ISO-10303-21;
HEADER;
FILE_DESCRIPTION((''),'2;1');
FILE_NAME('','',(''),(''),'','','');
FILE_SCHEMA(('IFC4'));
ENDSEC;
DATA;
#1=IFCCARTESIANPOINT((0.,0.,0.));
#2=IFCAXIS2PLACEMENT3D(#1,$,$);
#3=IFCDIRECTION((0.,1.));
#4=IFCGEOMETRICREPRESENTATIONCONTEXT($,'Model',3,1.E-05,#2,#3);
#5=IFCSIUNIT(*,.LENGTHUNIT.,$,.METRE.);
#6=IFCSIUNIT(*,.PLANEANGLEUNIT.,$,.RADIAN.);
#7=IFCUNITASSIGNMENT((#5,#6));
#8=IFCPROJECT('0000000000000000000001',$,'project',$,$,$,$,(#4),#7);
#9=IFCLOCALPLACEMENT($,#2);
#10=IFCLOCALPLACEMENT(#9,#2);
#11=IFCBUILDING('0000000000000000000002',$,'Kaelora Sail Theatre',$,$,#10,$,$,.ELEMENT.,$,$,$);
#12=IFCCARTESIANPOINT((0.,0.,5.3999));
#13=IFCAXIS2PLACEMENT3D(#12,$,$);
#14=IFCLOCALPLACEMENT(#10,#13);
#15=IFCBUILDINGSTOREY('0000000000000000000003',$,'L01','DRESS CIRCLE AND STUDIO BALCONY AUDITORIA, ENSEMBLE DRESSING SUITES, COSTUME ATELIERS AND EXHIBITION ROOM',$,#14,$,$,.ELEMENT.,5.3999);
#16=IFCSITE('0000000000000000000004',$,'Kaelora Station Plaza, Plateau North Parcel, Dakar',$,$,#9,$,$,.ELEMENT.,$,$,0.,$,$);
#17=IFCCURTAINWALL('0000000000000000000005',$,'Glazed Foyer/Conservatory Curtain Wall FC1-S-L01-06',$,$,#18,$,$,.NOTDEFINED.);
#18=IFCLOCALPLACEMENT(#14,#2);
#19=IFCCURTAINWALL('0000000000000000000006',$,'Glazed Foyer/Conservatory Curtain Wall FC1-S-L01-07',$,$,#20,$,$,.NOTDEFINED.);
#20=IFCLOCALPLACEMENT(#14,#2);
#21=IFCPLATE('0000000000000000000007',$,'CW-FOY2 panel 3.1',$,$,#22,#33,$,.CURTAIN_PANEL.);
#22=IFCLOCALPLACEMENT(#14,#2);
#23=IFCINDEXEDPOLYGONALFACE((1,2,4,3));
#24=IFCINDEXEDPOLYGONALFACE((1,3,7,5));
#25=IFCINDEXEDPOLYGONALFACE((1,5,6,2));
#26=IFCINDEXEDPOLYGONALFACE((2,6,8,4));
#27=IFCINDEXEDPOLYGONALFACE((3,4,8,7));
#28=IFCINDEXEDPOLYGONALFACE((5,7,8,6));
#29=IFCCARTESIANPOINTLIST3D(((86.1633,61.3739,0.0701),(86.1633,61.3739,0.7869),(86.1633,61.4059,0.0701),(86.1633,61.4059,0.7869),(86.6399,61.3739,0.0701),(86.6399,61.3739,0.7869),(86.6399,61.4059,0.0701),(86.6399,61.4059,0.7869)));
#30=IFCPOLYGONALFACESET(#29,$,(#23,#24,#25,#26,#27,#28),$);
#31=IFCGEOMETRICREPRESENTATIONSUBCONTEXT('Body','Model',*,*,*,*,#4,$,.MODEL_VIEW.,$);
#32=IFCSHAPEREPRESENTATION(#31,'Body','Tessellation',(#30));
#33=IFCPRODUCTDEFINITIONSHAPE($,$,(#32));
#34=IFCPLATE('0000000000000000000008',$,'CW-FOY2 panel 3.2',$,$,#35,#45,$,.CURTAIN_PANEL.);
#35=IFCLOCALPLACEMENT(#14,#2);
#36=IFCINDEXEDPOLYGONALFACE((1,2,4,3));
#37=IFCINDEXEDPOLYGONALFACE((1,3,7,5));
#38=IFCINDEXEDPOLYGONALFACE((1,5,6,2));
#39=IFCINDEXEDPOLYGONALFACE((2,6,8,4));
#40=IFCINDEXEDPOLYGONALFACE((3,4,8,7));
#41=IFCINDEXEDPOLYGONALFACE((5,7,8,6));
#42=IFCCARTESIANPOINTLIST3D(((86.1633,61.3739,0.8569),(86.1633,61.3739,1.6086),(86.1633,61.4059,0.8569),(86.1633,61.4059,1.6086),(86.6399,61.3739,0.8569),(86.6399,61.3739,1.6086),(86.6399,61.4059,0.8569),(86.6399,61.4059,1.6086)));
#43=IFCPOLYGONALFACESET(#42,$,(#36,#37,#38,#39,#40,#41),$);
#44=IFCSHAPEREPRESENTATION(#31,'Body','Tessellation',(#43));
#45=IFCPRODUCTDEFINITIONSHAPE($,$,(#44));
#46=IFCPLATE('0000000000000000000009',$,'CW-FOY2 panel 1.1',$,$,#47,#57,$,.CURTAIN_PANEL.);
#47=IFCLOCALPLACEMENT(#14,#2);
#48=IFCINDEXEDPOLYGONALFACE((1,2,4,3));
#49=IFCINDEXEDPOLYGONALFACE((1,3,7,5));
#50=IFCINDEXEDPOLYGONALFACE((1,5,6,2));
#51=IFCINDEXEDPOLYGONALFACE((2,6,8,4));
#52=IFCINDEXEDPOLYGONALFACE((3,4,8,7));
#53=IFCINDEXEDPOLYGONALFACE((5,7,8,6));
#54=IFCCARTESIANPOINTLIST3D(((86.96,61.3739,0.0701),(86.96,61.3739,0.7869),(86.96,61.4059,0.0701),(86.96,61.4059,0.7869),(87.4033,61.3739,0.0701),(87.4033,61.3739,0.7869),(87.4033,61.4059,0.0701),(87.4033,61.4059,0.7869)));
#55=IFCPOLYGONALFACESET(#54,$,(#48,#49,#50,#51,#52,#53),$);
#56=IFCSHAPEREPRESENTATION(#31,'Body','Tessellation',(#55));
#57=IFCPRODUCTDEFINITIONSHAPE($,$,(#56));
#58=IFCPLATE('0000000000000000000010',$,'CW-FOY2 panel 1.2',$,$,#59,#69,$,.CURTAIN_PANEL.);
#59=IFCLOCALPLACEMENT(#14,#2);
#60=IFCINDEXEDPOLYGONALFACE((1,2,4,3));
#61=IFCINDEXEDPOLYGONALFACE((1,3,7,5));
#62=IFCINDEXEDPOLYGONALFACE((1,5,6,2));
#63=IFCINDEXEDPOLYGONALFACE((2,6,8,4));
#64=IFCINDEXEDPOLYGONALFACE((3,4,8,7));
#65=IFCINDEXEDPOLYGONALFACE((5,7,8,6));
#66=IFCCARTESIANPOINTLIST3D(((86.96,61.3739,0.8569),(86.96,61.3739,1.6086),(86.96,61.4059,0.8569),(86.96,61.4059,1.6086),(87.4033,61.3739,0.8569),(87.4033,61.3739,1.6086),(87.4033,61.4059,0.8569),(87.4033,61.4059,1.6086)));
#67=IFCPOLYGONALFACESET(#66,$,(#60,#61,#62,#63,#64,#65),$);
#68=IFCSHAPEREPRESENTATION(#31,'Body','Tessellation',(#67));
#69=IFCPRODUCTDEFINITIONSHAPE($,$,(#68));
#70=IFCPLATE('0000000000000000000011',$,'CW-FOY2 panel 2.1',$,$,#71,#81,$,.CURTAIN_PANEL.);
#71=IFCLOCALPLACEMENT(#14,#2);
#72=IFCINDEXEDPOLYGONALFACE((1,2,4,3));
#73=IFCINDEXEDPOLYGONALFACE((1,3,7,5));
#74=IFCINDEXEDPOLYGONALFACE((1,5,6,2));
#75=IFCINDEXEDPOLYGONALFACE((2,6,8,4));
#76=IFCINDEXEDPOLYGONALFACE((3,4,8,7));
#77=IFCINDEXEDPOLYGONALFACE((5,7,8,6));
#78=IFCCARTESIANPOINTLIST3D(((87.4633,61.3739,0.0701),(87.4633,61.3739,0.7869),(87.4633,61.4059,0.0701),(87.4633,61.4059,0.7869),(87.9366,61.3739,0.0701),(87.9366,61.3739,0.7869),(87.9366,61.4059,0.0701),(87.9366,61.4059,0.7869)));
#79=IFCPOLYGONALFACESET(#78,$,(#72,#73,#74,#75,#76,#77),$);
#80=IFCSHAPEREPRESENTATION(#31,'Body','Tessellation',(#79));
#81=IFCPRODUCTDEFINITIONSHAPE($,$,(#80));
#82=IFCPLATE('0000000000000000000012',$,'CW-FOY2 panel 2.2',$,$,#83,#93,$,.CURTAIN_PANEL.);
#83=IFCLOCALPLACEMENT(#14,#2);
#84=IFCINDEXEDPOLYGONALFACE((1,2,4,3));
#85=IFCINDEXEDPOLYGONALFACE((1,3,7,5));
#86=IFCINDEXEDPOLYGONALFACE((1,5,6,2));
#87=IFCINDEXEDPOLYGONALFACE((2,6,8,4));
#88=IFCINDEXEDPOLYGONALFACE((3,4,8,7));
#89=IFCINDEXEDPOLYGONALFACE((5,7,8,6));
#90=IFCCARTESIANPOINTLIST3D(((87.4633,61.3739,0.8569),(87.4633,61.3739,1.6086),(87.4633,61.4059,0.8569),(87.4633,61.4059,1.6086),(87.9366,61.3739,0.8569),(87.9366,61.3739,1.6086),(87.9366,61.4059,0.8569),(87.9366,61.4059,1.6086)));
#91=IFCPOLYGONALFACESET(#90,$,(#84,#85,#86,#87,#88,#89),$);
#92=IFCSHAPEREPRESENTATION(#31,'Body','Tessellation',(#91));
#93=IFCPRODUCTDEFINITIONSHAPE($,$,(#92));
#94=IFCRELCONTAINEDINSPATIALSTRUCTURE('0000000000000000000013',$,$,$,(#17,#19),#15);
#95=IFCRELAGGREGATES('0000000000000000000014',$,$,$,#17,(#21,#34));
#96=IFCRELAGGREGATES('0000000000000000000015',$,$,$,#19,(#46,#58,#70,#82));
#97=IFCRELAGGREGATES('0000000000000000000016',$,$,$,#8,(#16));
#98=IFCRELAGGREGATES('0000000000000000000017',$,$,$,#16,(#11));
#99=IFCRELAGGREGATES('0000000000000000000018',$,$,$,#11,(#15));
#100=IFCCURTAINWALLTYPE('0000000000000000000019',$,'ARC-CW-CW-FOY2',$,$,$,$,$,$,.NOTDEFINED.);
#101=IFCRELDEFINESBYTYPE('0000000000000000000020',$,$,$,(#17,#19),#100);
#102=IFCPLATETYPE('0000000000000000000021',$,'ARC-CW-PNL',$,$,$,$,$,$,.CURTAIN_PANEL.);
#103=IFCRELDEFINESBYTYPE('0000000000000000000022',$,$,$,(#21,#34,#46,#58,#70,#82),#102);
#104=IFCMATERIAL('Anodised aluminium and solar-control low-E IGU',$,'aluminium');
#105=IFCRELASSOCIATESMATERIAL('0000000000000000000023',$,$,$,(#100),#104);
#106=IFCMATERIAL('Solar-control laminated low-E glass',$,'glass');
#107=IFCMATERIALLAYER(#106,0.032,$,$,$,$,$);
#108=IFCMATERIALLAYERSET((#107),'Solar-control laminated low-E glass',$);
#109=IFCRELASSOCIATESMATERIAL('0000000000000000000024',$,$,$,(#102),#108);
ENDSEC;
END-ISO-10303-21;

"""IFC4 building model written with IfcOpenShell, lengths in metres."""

from ifc_helpers import new_model, si_unit, direction, frame, origin, origin_2d, place, context, subcontext, project, spatial, rectangle, extrude, material, layer, layer_set, type_object, element, aggregate, save


model = new_model("IFC4")

# Units and contexts
model_context = context("Model", 3, precision=1e-05, world=origin(), true_north=direction((0.0, 1.0)))
body_context = subcontext(model_context, "Body", "Model", "MODEL_VIEW")
ifc_project = project(units=[si_unit("LENGTHUNIT", "METRE"), si_unit("PLANEANGLEUNIT", "RADIAN")], contexts=[model_context])

# Site, building, storey
site_placement = place(None, origin())
site = spatial("IfcSite", under=ifc_project, at=site_placement, Name="Kaelora Station Plaza, Plateau North Parcel, Dakar", CompositionType="ELEMENT", RefElevation=0.0)
building_placement = place(site_placement, origin())
building = spatial("IfcBuilding", under=site, at=building_placement, Name="Kaelora Sail Theatre", CompositionType="ELEMENT")
storey_placement = place(building_placement, frame((0.0, 0.0, 5.3999)))
storey = spatial("IfcBuildingStorey", under=building, at=storey_placement, Name="L01", Description="DRESS CIRCLE AND STUDIO BALCONY AUDITORIA, ENSEMBLE DRESSING SUITES, COSTUME ATELIERS AND EXHIBITION ROOM", CompositionType="ELEMENT", Elevation=5.3999)

# Curtain walls
ifc_material_1 = material(Name="Anodised aluminium and solar-control low-E IGU", Category="aluminium")
curtain_wall_type = type_object("IfcCurtainWallType", Name="ARC-CW-CW-FOY2", PredefinedType="NOTDEFINED", material=ifc_material_1)
curtain_wall_1_placement = place(storey_placement, origin())
curtain_wall_1 = element("IfcCurtainWall", 1, at=curtain_wall_1_placement, inside=storey, type_object=curtain_wall_type, Name="Glazed Foyer/Conservatory Curtain Wall FC1-S-L01-06", PredefinedType="NOTDEFINED")
curtain_wall_2_placement = place(storey_placement, origin())
curtain_wall_2 = element("IfcCurtainWall", 2, at=curtain_wall_2_placement, inside=storey, type_object=curtain_wall_type, Name="Glazed Foyer/Conservatory Curtain Wall FC1-S-L01-07", PredefinedType="NOTDEFINED")

# Plates
ifc_material_2 = material(Name="Solar-control laminated low-E glass", Category="glass")
ifc_layer = layer(ifc_material_2, 0.032)
ifc_layer_set = layer_set([ifc_layer], Name="Solar-control laminated low-E glass")
plate_type = type_object("IfcPlateType", Name="ARC-CW-PNL", PredefinedType="CURTAIN_PANEL", material=ifc_layer_set)
plate_1_placement = place(storey_placement, frame((86.4016, 61.3899, 0.0701), z_axis=(0.0, 0.0, 1.0), x_axis=(1.0, 0.0, 0.0)))
plate_1 = element("IfcPlate", 3, at=plate_1_placement, type_object=plate_type, Name="CW-FOY2 panel 3.1", PredefinedType="CURTAIN_PANEL", context=body_context, shape_type="SweptSolid", body=[
    extrude(rectangle(XDim=0.4766, YDim=0.032, at=origin_2d()), origin(), (0.0, 0.0, 1.0), 0.7168),
])
plate_2_placement = place(storey_placement, frame((86.4016, 61.3899, 0.8569), z_axis=(0.0, 0.0, 1.0), x_axis=(1.0, 0.0, 0.0)))
plate_2 = element("IfcPlate", 4, at=plate_2_placement, type_object=plate_type, Name="CW-FOY2 panel 3.2", PredefinedType="CURTAIN_PANEL", context=body_context, shape_type="SweptSolid", body=[
    extrude(rectangle(XDim=0.4766, YDim=0.032, at=origin_2d()), origin(), (0.0, 0.0, 1.0), 0.7517),
])
aggregate(curtain_wall_1, [plate_1, plate_2])
plate_3_placement = place(storey_placement, frame((87.1816, 61.3899, 0.0701), z_axis=(0.0, 0.0, 1.0), x_axis=(1.0, 0.0, 0.0)))
plate_3 = element("IfcPlate", 5, at=plate_3_placement, type_object=plate_type, Name="CW-FOY2 panel 1.1", PredefinedType="CURTAIN_PANEL", context=body_context, shape_type="SweptSolid", body=[
    extrude(rectangle(XDim=0.4434, YDim=0.032, at=origin_2d()), origin(), (0.0, 0.0, 1.0), 0.7168),
])
plate_4_placement = place(storey_placement, frame((87.1816, 61.3899, 0.8569), z_axis=(0.0, 0.0, 1.0), x_axis=(1.0, 0.0, 0.0)))
plate_4 = element("IfcPlate", 6, at=plate_4_placement, type_object=plate_type, Name="CW-FOY2 panel 1.2", PredefinedType="CURTAIN_PANEL", context=body_context, shape_type="SweptSolid", body=[
    extrude(rectangle(XDim=0.4434, YDim=0.032, at=origin_2d()), origin(), (0.0, 0.0, 1.0), 0.7517),
])
plate_5_placement = place(storey_placement, frame((87.7, 61.3899, 0.0701), z_axis=(0.0, 0.0, 1.0), x_axis=(1.0, 0.0, 0.0)))
plate_5 = element("IfcPlate", 7, at=plate_5_placement, type_object=plate_type, Name="CW-FOY2 panel 2.1", PredefinedType="CURTAIN_PANEL", context=body_context, shape_type="SweptSolid", body=[
    extrude(rectangle(XDim=0.4734, YDim=0.032, at=origin_2d()), origin(), (0.0, 0.0, 1.0), 0.7168),
])
plate_6_placement = place(storey_placement, frame((87.7, 61.3899, 0.8569), z_axis=(0.0, 0.0, 1.0), x_axis=(1.0, 0.0, 0.0)))
plate_6 = element("IfcPlate", 8, at=plate_6_placement, type_object=plate_type, Name="CW-FOY2 panel 2.2", PredefinedType="CURTAIN_PANEL", context=body_context, shape_type="SweptSolid", body=[
    extrude(rectangle(XDim=0.4734, YDim=0.032, at=origin_2d()), origin(), (0.0, 0.0, 1.0), 0.7517),
])
aggregate(curtain_wall_2, [plate_3, plate_4, plate_5, plate_6])

save(model, "model.ifc")
